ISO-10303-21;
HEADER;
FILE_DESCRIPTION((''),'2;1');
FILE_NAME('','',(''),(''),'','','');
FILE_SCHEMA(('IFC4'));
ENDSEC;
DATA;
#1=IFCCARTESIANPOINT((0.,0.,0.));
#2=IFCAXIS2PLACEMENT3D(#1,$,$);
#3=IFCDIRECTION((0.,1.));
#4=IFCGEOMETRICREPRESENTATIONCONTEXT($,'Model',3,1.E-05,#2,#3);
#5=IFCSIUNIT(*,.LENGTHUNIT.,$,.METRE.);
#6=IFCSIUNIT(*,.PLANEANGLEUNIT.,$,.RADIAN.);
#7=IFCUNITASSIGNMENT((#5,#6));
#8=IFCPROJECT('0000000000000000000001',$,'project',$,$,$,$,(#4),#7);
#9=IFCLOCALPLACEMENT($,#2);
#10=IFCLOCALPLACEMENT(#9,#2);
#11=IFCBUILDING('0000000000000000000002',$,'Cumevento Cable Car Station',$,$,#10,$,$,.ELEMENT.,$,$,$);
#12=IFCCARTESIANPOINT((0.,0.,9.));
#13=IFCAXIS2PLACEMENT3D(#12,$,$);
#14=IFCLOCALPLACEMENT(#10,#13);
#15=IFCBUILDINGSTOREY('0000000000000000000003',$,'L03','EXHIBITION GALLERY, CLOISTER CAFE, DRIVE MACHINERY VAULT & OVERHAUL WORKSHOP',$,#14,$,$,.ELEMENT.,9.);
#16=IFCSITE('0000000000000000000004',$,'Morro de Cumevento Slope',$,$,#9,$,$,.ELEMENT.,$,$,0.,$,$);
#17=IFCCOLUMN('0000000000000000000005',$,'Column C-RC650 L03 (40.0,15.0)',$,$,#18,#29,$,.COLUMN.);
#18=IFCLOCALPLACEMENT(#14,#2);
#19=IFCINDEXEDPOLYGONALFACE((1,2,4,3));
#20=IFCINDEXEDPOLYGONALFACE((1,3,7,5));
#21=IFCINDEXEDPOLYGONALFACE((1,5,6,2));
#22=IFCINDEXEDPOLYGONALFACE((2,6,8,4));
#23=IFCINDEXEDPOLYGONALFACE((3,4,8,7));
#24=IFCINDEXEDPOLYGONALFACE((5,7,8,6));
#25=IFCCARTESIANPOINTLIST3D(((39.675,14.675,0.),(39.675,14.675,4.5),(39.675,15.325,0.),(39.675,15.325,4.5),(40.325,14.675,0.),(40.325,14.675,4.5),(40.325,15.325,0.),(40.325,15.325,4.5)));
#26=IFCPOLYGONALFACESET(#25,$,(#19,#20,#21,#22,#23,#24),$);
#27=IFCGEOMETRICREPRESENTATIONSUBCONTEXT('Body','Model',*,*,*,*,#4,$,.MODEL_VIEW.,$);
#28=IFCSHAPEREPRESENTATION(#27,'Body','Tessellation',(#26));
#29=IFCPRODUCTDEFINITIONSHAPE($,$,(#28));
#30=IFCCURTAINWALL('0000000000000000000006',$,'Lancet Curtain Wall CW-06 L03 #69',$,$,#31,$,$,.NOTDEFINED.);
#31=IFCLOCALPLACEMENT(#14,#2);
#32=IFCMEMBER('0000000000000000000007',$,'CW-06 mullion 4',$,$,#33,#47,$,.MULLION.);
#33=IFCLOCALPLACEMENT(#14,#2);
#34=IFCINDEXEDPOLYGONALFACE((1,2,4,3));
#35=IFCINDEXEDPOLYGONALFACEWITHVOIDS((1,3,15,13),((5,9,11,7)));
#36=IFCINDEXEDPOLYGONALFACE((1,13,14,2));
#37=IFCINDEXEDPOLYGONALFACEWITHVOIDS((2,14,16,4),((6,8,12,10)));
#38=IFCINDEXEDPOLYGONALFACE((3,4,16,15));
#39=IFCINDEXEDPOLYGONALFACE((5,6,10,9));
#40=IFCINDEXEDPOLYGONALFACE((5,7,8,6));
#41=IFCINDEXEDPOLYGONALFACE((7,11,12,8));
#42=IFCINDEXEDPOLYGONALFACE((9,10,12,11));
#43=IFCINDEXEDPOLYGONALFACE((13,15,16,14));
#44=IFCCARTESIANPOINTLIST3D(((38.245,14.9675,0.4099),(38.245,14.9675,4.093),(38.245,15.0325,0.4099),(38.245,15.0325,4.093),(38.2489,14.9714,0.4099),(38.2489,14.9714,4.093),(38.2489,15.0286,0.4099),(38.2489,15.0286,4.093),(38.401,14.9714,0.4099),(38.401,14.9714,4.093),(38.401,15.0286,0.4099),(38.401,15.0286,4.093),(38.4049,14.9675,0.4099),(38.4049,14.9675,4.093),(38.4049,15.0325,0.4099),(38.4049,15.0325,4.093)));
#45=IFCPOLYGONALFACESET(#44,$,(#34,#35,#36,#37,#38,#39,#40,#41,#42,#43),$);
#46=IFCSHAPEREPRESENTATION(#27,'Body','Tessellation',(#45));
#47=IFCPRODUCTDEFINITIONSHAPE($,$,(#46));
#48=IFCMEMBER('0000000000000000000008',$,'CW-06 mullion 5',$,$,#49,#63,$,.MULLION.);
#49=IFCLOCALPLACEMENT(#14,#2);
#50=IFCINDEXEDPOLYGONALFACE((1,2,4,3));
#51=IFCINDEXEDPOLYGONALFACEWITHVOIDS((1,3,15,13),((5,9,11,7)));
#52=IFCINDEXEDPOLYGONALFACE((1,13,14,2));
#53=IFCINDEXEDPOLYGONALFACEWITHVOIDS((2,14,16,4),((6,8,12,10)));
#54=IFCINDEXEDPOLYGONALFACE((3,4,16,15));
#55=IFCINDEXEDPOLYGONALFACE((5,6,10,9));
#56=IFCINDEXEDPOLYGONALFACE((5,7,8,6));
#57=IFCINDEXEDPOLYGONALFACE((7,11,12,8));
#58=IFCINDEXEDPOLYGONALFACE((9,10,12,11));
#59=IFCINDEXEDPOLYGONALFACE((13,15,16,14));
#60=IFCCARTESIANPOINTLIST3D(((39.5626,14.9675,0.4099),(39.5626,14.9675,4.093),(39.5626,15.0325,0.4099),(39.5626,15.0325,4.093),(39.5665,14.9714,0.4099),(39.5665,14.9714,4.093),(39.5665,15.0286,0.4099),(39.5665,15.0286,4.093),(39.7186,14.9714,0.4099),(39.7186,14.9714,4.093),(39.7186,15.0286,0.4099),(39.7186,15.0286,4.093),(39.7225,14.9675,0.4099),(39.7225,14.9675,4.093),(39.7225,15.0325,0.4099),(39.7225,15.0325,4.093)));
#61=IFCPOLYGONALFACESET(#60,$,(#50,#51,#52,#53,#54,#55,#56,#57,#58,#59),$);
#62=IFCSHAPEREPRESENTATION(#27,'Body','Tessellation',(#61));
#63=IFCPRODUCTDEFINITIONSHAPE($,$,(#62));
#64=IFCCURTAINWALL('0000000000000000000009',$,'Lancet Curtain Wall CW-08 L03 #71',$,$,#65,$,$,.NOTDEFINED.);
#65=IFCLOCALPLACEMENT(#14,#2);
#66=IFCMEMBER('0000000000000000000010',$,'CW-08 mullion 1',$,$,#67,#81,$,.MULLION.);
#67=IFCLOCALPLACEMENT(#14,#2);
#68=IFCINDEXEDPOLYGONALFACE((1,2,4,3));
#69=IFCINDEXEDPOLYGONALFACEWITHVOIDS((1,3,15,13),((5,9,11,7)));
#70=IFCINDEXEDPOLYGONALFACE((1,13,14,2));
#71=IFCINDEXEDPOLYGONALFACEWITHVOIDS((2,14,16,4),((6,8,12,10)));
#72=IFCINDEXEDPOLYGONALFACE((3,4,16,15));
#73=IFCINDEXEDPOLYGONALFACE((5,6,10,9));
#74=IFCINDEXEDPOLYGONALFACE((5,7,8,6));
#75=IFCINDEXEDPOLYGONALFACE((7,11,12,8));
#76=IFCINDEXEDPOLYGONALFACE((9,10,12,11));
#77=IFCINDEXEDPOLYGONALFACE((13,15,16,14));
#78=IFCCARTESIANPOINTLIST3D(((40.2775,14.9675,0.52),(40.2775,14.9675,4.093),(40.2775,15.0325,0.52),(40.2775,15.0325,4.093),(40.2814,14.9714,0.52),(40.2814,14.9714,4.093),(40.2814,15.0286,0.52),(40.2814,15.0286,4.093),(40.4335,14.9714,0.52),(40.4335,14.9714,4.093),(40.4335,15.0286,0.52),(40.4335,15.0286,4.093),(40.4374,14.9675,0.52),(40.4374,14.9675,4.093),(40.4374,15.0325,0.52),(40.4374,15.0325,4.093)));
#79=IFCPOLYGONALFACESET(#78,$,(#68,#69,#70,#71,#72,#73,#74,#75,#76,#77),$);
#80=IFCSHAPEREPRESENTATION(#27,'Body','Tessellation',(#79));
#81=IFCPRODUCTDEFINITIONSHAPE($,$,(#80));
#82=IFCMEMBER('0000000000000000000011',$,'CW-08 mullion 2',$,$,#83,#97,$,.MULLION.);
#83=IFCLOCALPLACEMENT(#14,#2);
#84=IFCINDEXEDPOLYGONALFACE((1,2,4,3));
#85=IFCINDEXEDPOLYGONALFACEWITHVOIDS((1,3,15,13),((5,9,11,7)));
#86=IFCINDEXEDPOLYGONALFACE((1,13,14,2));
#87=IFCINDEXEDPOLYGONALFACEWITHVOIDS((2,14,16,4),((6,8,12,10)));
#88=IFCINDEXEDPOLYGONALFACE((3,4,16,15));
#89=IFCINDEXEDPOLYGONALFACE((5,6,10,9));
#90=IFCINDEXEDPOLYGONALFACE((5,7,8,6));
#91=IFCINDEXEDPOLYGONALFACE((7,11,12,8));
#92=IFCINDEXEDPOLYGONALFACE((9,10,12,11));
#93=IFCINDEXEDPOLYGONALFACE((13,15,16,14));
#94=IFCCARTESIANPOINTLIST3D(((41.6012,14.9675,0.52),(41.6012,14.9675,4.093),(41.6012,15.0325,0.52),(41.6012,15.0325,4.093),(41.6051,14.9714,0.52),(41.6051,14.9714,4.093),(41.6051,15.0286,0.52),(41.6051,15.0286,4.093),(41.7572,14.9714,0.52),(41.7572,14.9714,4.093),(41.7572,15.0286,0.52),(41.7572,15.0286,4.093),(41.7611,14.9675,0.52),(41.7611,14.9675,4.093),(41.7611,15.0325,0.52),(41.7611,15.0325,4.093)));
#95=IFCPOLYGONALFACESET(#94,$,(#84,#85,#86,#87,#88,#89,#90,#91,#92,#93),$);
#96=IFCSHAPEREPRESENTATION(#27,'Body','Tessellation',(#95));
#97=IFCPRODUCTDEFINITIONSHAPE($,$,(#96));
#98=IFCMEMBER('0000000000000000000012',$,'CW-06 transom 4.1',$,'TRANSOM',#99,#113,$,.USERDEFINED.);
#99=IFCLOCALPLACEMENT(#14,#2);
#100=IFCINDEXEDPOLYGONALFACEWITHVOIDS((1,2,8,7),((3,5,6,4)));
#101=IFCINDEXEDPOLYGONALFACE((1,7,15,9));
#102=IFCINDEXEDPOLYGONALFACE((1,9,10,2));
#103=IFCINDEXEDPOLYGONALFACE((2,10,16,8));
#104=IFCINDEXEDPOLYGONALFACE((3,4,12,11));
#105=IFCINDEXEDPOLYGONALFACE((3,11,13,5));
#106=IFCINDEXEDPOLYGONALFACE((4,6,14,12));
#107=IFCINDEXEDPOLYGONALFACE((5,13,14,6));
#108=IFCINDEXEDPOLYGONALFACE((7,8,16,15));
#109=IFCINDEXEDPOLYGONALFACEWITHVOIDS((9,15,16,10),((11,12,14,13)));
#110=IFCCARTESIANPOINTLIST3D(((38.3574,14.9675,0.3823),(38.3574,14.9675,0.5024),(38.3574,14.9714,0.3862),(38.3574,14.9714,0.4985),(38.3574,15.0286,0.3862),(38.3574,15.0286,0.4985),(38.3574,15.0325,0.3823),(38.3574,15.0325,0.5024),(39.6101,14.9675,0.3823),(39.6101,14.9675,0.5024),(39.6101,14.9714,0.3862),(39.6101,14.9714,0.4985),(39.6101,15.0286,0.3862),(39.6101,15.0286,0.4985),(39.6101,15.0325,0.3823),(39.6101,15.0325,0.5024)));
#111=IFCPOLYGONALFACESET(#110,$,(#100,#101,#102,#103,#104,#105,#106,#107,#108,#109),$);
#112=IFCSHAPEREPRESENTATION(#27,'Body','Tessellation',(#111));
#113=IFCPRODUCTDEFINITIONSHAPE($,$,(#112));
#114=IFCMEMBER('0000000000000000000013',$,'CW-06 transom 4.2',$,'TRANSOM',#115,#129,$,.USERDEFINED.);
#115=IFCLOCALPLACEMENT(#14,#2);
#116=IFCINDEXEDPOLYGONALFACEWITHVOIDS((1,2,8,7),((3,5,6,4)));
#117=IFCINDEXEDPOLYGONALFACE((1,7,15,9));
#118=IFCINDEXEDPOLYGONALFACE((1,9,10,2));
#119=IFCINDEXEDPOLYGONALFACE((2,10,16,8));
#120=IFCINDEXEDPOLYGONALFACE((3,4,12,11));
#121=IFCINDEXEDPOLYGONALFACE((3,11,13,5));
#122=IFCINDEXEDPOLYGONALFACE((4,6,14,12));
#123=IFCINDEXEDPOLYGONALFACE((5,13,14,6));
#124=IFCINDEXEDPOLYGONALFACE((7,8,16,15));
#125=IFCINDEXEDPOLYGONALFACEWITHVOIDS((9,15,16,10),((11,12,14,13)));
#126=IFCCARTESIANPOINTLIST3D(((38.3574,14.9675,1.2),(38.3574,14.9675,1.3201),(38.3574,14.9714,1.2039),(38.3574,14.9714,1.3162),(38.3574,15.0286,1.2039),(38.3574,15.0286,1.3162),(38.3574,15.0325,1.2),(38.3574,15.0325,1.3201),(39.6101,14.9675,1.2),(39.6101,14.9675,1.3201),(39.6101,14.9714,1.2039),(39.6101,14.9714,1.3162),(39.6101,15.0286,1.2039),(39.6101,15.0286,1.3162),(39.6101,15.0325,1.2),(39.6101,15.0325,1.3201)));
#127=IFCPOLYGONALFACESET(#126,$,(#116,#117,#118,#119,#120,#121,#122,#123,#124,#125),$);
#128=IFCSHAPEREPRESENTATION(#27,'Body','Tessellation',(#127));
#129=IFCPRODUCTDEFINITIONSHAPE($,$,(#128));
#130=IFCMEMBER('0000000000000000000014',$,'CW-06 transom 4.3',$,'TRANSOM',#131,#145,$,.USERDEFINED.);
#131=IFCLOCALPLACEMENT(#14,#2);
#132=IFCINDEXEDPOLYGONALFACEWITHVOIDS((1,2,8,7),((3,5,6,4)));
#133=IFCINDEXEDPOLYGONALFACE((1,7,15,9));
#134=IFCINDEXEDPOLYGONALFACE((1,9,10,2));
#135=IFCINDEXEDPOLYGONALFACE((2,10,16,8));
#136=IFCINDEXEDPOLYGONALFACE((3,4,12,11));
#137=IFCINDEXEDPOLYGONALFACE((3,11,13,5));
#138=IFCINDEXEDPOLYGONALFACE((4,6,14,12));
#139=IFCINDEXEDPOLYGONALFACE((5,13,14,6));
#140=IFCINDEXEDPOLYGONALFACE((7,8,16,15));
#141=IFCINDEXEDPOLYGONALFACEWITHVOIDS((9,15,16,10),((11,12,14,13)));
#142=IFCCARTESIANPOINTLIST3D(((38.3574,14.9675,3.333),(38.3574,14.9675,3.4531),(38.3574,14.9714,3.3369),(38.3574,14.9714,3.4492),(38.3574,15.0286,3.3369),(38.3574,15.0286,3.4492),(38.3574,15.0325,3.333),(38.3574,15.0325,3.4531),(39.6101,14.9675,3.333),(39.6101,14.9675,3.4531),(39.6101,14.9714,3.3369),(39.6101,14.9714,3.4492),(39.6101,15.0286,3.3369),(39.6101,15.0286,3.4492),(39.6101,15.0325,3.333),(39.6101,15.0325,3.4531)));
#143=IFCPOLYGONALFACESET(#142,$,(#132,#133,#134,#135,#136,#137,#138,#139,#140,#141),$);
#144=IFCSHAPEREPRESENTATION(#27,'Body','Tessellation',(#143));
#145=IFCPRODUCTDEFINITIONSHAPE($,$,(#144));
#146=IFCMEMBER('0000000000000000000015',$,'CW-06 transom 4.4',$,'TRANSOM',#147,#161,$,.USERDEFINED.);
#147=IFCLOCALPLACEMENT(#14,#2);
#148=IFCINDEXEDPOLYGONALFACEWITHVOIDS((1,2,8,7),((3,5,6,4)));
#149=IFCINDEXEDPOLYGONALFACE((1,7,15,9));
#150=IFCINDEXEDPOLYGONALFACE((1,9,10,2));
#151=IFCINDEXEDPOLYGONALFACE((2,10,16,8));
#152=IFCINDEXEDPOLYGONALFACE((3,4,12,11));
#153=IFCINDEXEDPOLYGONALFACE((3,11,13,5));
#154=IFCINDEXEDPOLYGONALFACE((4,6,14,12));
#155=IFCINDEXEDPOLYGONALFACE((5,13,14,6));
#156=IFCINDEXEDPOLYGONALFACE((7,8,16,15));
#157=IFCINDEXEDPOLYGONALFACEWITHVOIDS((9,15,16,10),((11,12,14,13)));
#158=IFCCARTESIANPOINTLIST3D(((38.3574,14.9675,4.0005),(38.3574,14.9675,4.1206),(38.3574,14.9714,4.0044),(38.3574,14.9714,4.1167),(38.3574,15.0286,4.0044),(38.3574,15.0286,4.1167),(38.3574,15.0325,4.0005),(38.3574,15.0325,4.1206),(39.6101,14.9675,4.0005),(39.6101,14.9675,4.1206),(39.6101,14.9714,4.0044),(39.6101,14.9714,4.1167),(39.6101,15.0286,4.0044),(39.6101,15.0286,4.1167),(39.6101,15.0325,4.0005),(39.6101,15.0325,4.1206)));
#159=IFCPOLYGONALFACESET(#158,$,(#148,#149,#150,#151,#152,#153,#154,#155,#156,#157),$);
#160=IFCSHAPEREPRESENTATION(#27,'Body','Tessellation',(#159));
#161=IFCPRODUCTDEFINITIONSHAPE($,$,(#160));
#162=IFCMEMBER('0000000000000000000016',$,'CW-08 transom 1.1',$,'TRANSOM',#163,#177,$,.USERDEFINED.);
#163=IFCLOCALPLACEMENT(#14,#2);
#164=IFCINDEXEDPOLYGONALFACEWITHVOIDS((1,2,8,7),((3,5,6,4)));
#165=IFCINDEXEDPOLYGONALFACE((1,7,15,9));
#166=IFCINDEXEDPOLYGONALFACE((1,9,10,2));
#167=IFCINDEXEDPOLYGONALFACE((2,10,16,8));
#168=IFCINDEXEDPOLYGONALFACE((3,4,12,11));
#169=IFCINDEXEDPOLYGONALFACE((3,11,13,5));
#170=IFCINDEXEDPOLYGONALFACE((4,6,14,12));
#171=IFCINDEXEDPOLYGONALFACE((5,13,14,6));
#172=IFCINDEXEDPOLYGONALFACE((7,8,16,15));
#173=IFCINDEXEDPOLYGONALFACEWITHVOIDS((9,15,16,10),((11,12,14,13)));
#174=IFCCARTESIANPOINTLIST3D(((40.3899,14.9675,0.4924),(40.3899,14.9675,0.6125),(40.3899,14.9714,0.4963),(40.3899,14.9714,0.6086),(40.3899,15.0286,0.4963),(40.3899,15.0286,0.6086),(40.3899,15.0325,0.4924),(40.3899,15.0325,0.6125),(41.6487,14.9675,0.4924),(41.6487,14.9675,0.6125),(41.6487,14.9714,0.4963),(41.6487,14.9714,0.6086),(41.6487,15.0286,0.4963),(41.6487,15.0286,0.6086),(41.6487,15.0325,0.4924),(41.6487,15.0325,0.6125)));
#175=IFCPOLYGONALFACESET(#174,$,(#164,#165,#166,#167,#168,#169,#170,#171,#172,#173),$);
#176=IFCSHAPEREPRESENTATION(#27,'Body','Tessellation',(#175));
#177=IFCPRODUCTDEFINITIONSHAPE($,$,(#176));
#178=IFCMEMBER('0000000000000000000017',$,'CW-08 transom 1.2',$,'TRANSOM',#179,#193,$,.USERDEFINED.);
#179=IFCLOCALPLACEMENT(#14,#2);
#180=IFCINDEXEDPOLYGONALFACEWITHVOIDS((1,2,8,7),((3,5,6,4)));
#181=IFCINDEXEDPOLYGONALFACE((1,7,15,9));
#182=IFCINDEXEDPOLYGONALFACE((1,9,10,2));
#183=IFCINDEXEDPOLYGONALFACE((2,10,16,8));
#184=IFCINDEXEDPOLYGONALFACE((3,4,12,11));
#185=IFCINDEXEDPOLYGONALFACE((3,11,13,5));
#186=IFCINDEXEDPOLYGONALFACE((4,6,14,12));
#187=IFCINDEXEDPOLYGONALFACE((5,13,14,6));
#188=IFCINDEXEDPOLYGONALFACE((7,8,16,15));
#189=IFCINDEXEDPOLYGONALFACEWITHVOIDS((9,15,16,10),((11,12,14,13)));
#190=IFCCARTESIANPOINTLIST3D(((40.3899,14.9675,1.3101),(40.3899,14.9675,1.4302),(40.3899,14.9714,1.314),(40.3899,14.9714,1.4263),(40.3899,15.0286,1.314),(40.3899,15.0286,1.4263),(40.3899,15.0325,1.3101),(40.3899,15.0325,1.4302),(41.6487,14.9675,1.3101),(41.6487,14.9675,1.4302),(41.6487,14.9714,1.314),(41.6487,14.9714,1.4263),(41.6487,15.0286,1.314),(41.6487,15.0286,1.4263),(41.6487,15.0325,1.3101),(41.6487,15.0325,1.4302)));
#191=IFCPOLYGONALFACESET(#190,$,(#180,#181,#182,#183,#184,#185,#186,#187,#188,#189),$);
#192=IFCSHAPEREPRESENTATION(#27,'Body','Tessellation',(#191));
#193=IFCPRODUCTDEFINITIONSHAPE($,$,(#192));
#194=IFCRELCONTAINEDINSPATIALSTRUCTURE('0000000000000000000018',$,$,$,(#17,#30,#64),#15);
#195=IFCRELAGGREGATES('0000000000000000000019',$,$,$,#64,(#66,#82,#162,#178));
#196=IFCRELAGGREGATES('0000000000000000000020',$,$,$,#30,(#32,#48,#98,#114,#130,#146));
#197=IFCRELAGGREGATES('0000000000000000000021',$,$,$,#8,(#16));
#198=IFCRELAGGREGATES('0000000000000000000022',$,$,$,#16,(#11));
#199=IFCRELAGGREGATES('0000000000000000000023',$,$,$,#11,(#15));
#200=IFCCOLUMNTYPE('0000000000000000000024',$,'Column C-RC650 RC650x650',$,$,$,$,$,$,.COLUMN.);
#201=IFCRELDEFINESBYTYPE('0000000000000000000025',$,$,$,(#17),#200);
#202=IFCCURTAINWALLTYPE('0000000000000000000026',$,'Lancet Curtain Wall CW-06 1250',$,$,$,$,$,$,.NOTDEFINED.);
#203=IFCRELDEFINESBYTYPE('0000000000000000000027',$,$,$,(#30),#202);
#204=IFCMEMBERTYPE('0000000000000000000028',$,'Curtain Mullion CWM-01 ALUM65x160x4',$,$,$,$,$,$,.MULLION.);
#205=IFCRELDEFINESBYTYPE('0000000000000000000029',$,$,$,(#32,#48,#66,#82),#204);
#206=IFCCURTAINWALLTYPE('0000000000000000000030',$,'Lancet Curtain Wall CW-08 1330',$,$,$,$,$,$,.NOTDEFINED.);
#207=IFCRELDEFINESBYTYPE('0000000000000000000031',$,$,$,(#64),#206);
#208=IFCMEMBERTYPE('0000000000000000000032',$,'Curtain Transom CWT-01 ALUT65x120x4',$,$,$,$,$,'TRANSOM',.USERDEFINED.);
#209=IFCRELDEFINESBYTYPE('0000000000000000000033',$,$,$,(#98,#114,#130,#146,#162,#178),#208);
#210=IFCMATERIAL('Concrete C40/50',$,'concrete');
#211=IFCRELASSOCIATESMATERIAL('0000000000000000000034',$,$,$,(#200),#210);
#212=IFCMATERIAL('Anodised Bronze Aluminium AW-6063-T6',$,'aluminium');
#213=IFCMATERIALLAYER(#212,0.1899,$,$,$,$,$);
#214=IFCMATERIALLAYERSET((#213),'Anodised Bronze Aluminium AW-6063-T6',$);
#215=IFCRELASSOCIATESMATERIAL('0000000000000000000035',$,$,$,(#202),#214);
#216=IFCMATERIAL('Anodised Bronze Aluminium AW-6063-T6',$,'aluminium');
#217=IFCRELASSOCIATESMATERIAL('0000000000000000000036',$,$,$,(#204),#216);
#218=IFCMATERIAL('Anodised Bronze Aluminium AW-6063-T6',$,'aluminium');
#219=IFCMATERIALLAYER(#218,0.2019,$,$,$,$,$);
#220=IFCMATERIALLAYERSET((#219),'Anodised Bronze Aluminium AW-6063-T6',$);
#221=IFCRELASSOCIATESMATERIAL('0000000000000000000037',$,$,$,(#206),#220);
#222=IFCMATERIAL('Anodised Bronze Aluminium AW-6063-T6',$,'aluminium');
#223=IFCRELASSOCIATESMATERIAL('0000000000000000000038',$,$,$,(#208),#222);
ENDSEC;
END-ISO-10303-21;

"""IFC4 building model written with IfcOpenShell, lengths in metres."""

from ifc_helpers import new_model, si_unit, direction, frame, origin, origin_2d, place, context, subcontext, project, spatial, rectangle, hollow_rectangle, extrude, material, layer, layer_set, material_profile, profile_set, type_object, element, aggregate, save


model = new_model("IFC4")

# Units and contexts
model_context = context("Model", 3, precision=1e-05, world=origin(), true_north=direction((0.0, 1.0)))
body_context = subcontext(model_context, "Body", "Model", "MODEL_VIEW")
ifc_project = project(units=[si_unit("LENGTHUNIT", "METRE"), si_unit("PLANEANGLEUNIT", "RADIAN")], contexts=[model_context])

# Site, building, storey
site_placement = place(None, origin())
site = spatial("IfcSite", under=ifc_project, at=site_placement, Name="Morro de Cumevento Slope", CompositionType="ELEMENT", RefElevation=0.0)
building_placement = place(site_placement, origin())
building = spatial("IfcBuilding", under=site, at=building_placement, Name="Cumevento Cable Car Station", CompositionType="ELEMENT")
storey_placement = place(building_placement, frame((0.0, 0.0, 9.0)))
storey = spatial("IfcBuildingStorey", under=building, at=storey_placement, Name="L03", Description="EXHIBITION GALLERY, CLOISTER CAFE, DRIVE MACHINERY VAULT & OVERHAUL WORKSHOP", CompositionType="ELEMENT", Elevation=9.0)

# Column
ifc_material_1 = material(Name="Concrete C40/50", Category="concrete")
ifc_material_profile_1 = material_profile(ifc_material_1, rectangle(XDim=0.6499, YDim=0.6499, at=origin_2d()), Name="RC650x650")
ifc_profile_set_1 = profile_set([ifc_material_profile_1], Name="Concrete C40/50")
column_type = type_object("IfcColumnType", Name="Column C-RC650 RC650x650", PredefinedType="COLUMN", material=ifc_profile_set_1)
column_placement = place(storey_placement, frame((40.0, 15.0, 0.0), z_axis=(0.0, 0.0, 1.0), x_axis=(1.0, 0.0, 0.0)))
element("IfcColumn", 1, at=column_placement, inside=storey, type_object=column_type, Name="Column C-RC650 L03 (40.0,15.0)", PredefinedType="COLUMN", context=body_context, shape_type="SweptSolid", body=[
    extrude(rectangle(XDim=0.6499, YDim=0.6499, at=origin_2d()), origin(), (0.0, 0.0, 1.0), 4.5),
])

# Curtain walls, members
ifc_material_2 = material(Name="Anodised Bronze Aluminium AW-6063-T6", Category="aluminium")
ifc_layer_1 = layer(ifc_material_2, 0.1899)
ifc_layer_set_1 = layer_set([ifc_layer_1], Name="Anodised Bronze Aluminium AW-6063-T6")
curtain_wall_type_1 = type_object("IfcCurtainWallType", Name="Lancet Curtain Wall CW-06 1250", PredefinedType="NOTDEFINED", material=ifc_layer_set_1)
curtain_wall_1_placement = place(storey_placement, origin())
curtain_wall_1 = element("IfcCurtainWall", 2, at=curtain_wall_1_placement, inside=storey, type_object=curtain_wall_type_1, Name="Lancet Curtain Wall CW-06 L03 #69", PredefinedType="NOTDEFINED")
ifc_material_3 = material(Name="Anodised Bronze Aluminium AW-6063-T6", Category="aluminium")
ifc_material_profile_2 = material_profile(ifc_material_3, hollow_rectangle(XDim=0.0649, YDim=0.1599, WallThickness=0.0039, at=origin_2d()), Name="ALUM65x160x4")
ifc_profile_set_2 = profile_set([ifc_material_profile_2], Name="Anodised Bronze Aluminium AW-6063-T6")
member_type_1 = type_object("IfcMemberType", Name="Curtain Mullion CWM-01 ALUM65x160x4", PredefinedType="MULLION", material=ifc_profile_set_2)
member_1_placement = place(storey_placement, frame((38.325, 15.0, 0.4099), z_axis=(0.0, 0.0, 1.0), x_axis=(0.0, 1.0, 0.0)))
member_1 = element("IfcMember", 3, at=member_1_placement, type_object=member_type_1, Name="CW-06 mullion 4", PredefinedType="MULLION", context=body_context, shape_type="SweptSolid", body=[
    extrude(hollow_rectangle(XDim=0.0649, YDim=0.1599, WallThickness=0.0039, at=origin_2d()), origin(), (0.0, 0.0, 1.0), 3.6831),
])
member_2_placement = place(storey_placement, frame((39.6426, 15.0, 0.4099), z_axis=(0.0, 0.0, 1.0), x_axis=(0.0, 1.0, 0.0)))
member_2 = element("IfcMember", 4, at=member_2_placement, type_object=member_type_1, Name="CW-06 mullion 5", PredefinedType="MULLION", context=body_context, shape_type="SweptSolid", body=[
    extrude(hollow_rectangle(XDim=0.0649, YDim=0.1599, WallThickness=0.0039, at=origin_2d()), origin(), (0.0, 0.0, 1.0), 3.6831),
])
ifc_material_4 = material(Name="Anodised Bronze Aluminium AW-6063-T6", Category="aluminium")
ifc_layer_2 = layer(ifc_material_4, 0.2019)
ifc_layer_set_2 = layer_set([ifc_layer_2], Name="Anodised Bronze Aluminium AW-6063-T6")
curtain_wall_type_2 = type_object("IfcCurtainWallType", Name="Lancet Curtain Wall CW-08 1330", PredefinedType="NOTDEFINED", material=ifc_layer_set_2)
curtain_wall_2_placement = place(storey_placement, origin())
curtain_wall_2 = element("IfcCurtainWall", 5, at=curtain_wall_2_placement, inside=storey, type_object=curtain_wall_type_2, Name="Lancet Curtain Wall CW-08 L03 #71", PredefinedType="NOTDEFINED")
member_3_placement = place(storey_placement, frame((40.3574, 15.0, 0.52), z_axis=(0.0, 0.0, 1.0), x_axis=(0.0, 1.0, 0.0)))
member_3 = element("IfcMember", 6, at=member_3_placement, type_object=member_type_1, Name="CW-08 mullion 1", PredefinedType="MULLION", context=body_context, shape_type="SweptSolid", body=[
    extrude(hollow_rectangle(XDim=0.0649, YDim=0.1599, WallThickness=0.0039, at=origin_2d()), origin(), (0.0, 0.0, 1.0), 3.573),
])
member_4_placement = place(storey_placement, frame((41.6812, 15.0, 0.52), z_axis=(0.0, 0.0, 1.0), x_axis=(0.0, 1.0, 0.0)))
member_4 = element("IfcMember", 7, at=member_4_placement, type_object=member_type_1, Name="CW-08 mullion 2", PredefinedType="MULLION", context=body_context, shape_type="SweptSolid", body=[
    extrude(hollow_rectangle(XDim=0.0649, YDim=0.1599, WallThickness=0.0039, at=origin_2d()), origin(), (0.0, 0.0, 1.0), 3.573),
])

# Members
ifc_material_5 = material(Name="Anodised Bronze Aluminium AW-6063-T6", Category="aluminium")
ifc_material_profile_3 = material_profile(ifc_material_5, hollow_rectangle(XDim=0.0649, YDim=0.1201, WallThickness=0.0039, at=origin_2d()), Name="ALUT65x120x4")
ifc_profile_set_3 = profile_set([ifc_material_profile_3], Name="Anodised Bronze Aluminium AW-6063-T6")
member_type_2 = type_object("IfcMemberType", Name="Curtain Transom CWT-01 ALUT65x120x4", ElementType="TRANSOM", PredefinedType="USERDEFINED", material=ifc_profile_set_3)
member_5_placement = place(storey_placement, frame((38.3574, 15.0, 0.4424), z_axis=(1.0, 0.0, 0.0), x_axis=(0.0, 1.0, 0.0)))
member_5 = element("IfcMember", 8, at=member_5_placement, type_object=member_type_2, Name="CW-06 transom 4.1", ObjectType="TRANSOM", PredefinedType="USERDEFINED", context=body_context, shape_type="SweptSolid", body=[
    extrude(hollow_rectangle(XDim=0.0649, YDim=0.1201, WallThickness=0.0039, at=origin_2d()), origin(), (0.0, 0.0, 1.0), 1.2527),
])
member_6_placement = place(storey_placement, frame((38.3574, 15.0, 1.26), z_axis=(1.0, 0.0, 0.0), x_axis=(0.0, 1.0, 0.0)))
member_6 = element("IfcMember", 9, at=member_6_placement, type_object=member_type_2, Name="CW-06 transom 4.2", ObjectType="TRANSOM", PredefinedType="USERDEFINED", context=body_context, shape_type="SweptSolid", body=[
    extrude(hollow_rectangle(XDim=0.0649, YDim=0.1201, WallThickness=0.0039, at=origin_2d()), origin(), (0.0, 0.0, 1.0), 1.2527),
])
member_7_placement = place(storey_placement, frame((38.3574, 15.0, 3.3931), z_axis=(1.0, 0.0, 0.0), x_axis=(0.0, 1.0, 0.0)))
member_7 = element("IfcMember", 10, at=member_7_placement, type_object=member_type_2, Name="CW-06 transom 4.3", ObjectType="TRANSOM", PredefinedType="USERDEFINED", context=body_context, shape_type="SweptSolid", body=[
    extrude(hollow_rectangle(XDim=0.0649, YDim=0.1201, WallThickness=0.0039, at=origin_2d()), origin(), (0.0, 0.0, 1.0), 1.2527),
])
member_8_placement = place(storey_placement, frame((38.3574, 15.0, 4.0605), z_axis=(1.0, 0.0, 0.0), x_axis=(0.0, 1.0, 0.0)))
member_8 = element("IfcMember", 11, at=member_8_placement, type_object=member_type_2, Name="CW-06 transom 4.4", ObjectType="TRANSOM", PredefinedType="USERDEFINED", context=body_context, shape_type="SweptSolid", body=[
    extrude(hollow_rectangle(XDim=0.0649, YDim=0.1201, WallThickness=0.0039, at=origin_2d()), origin(), (0.0, 0.0, 1.0), 1.2527),
])
member_9_placement = place(storey_placement, frame((40.3899, 15.0, 0.5525), z_axis=(1.0, 0.0, 0.0), x_axis=(0.0, 1.0, 0.0)))
member_9 = element("IfcMember", 12, at=member_9_placement, type_object=member_type_2, Name="CW-08 transom 1.1", ObjectType="TRANSOM", PredefinedType="USERDEFINED", context=body_context, shape_type="SweptSolid", body=[
    extrude(hollow_rectangle(XDim=0.0649, YDim=0.1201, WallThickness=0.0039, at=origin_2d()), origin(), (0.0, 0.0, 1.0), 1.2588),
])
member_10_placement = place(storey_placement, frame((40.3899, 15.0, 1.3701), z_axis=(1.0, 0.0, 0.0), x_axis=(0.0, 1.0, 0.0)))
member_10 = element("IfcMember", 13, at=member_10_placement, type_object=member_type_2, Name="CW-08 transom 1.2", ObjectType="TRANSOM", PredefinedType="USERDEFINED", context=body_context, shape_type="SweptSolid", body=[
    extrude(hollow_rectangle(XDim=0.0649, YDim=0.1201, WallThickness=0.0039, at=origin_2d()), origin(), (0.0, 0.0, 1.0), 1.2588),
])

aggregate(curtain_wall_2, [member_3, member_4, member_9, member_10])
aggregate(curtain_wall_1, [member_1, member_2, member_5, member_6, member_7, member_8])

save(model, "model.ifc")
